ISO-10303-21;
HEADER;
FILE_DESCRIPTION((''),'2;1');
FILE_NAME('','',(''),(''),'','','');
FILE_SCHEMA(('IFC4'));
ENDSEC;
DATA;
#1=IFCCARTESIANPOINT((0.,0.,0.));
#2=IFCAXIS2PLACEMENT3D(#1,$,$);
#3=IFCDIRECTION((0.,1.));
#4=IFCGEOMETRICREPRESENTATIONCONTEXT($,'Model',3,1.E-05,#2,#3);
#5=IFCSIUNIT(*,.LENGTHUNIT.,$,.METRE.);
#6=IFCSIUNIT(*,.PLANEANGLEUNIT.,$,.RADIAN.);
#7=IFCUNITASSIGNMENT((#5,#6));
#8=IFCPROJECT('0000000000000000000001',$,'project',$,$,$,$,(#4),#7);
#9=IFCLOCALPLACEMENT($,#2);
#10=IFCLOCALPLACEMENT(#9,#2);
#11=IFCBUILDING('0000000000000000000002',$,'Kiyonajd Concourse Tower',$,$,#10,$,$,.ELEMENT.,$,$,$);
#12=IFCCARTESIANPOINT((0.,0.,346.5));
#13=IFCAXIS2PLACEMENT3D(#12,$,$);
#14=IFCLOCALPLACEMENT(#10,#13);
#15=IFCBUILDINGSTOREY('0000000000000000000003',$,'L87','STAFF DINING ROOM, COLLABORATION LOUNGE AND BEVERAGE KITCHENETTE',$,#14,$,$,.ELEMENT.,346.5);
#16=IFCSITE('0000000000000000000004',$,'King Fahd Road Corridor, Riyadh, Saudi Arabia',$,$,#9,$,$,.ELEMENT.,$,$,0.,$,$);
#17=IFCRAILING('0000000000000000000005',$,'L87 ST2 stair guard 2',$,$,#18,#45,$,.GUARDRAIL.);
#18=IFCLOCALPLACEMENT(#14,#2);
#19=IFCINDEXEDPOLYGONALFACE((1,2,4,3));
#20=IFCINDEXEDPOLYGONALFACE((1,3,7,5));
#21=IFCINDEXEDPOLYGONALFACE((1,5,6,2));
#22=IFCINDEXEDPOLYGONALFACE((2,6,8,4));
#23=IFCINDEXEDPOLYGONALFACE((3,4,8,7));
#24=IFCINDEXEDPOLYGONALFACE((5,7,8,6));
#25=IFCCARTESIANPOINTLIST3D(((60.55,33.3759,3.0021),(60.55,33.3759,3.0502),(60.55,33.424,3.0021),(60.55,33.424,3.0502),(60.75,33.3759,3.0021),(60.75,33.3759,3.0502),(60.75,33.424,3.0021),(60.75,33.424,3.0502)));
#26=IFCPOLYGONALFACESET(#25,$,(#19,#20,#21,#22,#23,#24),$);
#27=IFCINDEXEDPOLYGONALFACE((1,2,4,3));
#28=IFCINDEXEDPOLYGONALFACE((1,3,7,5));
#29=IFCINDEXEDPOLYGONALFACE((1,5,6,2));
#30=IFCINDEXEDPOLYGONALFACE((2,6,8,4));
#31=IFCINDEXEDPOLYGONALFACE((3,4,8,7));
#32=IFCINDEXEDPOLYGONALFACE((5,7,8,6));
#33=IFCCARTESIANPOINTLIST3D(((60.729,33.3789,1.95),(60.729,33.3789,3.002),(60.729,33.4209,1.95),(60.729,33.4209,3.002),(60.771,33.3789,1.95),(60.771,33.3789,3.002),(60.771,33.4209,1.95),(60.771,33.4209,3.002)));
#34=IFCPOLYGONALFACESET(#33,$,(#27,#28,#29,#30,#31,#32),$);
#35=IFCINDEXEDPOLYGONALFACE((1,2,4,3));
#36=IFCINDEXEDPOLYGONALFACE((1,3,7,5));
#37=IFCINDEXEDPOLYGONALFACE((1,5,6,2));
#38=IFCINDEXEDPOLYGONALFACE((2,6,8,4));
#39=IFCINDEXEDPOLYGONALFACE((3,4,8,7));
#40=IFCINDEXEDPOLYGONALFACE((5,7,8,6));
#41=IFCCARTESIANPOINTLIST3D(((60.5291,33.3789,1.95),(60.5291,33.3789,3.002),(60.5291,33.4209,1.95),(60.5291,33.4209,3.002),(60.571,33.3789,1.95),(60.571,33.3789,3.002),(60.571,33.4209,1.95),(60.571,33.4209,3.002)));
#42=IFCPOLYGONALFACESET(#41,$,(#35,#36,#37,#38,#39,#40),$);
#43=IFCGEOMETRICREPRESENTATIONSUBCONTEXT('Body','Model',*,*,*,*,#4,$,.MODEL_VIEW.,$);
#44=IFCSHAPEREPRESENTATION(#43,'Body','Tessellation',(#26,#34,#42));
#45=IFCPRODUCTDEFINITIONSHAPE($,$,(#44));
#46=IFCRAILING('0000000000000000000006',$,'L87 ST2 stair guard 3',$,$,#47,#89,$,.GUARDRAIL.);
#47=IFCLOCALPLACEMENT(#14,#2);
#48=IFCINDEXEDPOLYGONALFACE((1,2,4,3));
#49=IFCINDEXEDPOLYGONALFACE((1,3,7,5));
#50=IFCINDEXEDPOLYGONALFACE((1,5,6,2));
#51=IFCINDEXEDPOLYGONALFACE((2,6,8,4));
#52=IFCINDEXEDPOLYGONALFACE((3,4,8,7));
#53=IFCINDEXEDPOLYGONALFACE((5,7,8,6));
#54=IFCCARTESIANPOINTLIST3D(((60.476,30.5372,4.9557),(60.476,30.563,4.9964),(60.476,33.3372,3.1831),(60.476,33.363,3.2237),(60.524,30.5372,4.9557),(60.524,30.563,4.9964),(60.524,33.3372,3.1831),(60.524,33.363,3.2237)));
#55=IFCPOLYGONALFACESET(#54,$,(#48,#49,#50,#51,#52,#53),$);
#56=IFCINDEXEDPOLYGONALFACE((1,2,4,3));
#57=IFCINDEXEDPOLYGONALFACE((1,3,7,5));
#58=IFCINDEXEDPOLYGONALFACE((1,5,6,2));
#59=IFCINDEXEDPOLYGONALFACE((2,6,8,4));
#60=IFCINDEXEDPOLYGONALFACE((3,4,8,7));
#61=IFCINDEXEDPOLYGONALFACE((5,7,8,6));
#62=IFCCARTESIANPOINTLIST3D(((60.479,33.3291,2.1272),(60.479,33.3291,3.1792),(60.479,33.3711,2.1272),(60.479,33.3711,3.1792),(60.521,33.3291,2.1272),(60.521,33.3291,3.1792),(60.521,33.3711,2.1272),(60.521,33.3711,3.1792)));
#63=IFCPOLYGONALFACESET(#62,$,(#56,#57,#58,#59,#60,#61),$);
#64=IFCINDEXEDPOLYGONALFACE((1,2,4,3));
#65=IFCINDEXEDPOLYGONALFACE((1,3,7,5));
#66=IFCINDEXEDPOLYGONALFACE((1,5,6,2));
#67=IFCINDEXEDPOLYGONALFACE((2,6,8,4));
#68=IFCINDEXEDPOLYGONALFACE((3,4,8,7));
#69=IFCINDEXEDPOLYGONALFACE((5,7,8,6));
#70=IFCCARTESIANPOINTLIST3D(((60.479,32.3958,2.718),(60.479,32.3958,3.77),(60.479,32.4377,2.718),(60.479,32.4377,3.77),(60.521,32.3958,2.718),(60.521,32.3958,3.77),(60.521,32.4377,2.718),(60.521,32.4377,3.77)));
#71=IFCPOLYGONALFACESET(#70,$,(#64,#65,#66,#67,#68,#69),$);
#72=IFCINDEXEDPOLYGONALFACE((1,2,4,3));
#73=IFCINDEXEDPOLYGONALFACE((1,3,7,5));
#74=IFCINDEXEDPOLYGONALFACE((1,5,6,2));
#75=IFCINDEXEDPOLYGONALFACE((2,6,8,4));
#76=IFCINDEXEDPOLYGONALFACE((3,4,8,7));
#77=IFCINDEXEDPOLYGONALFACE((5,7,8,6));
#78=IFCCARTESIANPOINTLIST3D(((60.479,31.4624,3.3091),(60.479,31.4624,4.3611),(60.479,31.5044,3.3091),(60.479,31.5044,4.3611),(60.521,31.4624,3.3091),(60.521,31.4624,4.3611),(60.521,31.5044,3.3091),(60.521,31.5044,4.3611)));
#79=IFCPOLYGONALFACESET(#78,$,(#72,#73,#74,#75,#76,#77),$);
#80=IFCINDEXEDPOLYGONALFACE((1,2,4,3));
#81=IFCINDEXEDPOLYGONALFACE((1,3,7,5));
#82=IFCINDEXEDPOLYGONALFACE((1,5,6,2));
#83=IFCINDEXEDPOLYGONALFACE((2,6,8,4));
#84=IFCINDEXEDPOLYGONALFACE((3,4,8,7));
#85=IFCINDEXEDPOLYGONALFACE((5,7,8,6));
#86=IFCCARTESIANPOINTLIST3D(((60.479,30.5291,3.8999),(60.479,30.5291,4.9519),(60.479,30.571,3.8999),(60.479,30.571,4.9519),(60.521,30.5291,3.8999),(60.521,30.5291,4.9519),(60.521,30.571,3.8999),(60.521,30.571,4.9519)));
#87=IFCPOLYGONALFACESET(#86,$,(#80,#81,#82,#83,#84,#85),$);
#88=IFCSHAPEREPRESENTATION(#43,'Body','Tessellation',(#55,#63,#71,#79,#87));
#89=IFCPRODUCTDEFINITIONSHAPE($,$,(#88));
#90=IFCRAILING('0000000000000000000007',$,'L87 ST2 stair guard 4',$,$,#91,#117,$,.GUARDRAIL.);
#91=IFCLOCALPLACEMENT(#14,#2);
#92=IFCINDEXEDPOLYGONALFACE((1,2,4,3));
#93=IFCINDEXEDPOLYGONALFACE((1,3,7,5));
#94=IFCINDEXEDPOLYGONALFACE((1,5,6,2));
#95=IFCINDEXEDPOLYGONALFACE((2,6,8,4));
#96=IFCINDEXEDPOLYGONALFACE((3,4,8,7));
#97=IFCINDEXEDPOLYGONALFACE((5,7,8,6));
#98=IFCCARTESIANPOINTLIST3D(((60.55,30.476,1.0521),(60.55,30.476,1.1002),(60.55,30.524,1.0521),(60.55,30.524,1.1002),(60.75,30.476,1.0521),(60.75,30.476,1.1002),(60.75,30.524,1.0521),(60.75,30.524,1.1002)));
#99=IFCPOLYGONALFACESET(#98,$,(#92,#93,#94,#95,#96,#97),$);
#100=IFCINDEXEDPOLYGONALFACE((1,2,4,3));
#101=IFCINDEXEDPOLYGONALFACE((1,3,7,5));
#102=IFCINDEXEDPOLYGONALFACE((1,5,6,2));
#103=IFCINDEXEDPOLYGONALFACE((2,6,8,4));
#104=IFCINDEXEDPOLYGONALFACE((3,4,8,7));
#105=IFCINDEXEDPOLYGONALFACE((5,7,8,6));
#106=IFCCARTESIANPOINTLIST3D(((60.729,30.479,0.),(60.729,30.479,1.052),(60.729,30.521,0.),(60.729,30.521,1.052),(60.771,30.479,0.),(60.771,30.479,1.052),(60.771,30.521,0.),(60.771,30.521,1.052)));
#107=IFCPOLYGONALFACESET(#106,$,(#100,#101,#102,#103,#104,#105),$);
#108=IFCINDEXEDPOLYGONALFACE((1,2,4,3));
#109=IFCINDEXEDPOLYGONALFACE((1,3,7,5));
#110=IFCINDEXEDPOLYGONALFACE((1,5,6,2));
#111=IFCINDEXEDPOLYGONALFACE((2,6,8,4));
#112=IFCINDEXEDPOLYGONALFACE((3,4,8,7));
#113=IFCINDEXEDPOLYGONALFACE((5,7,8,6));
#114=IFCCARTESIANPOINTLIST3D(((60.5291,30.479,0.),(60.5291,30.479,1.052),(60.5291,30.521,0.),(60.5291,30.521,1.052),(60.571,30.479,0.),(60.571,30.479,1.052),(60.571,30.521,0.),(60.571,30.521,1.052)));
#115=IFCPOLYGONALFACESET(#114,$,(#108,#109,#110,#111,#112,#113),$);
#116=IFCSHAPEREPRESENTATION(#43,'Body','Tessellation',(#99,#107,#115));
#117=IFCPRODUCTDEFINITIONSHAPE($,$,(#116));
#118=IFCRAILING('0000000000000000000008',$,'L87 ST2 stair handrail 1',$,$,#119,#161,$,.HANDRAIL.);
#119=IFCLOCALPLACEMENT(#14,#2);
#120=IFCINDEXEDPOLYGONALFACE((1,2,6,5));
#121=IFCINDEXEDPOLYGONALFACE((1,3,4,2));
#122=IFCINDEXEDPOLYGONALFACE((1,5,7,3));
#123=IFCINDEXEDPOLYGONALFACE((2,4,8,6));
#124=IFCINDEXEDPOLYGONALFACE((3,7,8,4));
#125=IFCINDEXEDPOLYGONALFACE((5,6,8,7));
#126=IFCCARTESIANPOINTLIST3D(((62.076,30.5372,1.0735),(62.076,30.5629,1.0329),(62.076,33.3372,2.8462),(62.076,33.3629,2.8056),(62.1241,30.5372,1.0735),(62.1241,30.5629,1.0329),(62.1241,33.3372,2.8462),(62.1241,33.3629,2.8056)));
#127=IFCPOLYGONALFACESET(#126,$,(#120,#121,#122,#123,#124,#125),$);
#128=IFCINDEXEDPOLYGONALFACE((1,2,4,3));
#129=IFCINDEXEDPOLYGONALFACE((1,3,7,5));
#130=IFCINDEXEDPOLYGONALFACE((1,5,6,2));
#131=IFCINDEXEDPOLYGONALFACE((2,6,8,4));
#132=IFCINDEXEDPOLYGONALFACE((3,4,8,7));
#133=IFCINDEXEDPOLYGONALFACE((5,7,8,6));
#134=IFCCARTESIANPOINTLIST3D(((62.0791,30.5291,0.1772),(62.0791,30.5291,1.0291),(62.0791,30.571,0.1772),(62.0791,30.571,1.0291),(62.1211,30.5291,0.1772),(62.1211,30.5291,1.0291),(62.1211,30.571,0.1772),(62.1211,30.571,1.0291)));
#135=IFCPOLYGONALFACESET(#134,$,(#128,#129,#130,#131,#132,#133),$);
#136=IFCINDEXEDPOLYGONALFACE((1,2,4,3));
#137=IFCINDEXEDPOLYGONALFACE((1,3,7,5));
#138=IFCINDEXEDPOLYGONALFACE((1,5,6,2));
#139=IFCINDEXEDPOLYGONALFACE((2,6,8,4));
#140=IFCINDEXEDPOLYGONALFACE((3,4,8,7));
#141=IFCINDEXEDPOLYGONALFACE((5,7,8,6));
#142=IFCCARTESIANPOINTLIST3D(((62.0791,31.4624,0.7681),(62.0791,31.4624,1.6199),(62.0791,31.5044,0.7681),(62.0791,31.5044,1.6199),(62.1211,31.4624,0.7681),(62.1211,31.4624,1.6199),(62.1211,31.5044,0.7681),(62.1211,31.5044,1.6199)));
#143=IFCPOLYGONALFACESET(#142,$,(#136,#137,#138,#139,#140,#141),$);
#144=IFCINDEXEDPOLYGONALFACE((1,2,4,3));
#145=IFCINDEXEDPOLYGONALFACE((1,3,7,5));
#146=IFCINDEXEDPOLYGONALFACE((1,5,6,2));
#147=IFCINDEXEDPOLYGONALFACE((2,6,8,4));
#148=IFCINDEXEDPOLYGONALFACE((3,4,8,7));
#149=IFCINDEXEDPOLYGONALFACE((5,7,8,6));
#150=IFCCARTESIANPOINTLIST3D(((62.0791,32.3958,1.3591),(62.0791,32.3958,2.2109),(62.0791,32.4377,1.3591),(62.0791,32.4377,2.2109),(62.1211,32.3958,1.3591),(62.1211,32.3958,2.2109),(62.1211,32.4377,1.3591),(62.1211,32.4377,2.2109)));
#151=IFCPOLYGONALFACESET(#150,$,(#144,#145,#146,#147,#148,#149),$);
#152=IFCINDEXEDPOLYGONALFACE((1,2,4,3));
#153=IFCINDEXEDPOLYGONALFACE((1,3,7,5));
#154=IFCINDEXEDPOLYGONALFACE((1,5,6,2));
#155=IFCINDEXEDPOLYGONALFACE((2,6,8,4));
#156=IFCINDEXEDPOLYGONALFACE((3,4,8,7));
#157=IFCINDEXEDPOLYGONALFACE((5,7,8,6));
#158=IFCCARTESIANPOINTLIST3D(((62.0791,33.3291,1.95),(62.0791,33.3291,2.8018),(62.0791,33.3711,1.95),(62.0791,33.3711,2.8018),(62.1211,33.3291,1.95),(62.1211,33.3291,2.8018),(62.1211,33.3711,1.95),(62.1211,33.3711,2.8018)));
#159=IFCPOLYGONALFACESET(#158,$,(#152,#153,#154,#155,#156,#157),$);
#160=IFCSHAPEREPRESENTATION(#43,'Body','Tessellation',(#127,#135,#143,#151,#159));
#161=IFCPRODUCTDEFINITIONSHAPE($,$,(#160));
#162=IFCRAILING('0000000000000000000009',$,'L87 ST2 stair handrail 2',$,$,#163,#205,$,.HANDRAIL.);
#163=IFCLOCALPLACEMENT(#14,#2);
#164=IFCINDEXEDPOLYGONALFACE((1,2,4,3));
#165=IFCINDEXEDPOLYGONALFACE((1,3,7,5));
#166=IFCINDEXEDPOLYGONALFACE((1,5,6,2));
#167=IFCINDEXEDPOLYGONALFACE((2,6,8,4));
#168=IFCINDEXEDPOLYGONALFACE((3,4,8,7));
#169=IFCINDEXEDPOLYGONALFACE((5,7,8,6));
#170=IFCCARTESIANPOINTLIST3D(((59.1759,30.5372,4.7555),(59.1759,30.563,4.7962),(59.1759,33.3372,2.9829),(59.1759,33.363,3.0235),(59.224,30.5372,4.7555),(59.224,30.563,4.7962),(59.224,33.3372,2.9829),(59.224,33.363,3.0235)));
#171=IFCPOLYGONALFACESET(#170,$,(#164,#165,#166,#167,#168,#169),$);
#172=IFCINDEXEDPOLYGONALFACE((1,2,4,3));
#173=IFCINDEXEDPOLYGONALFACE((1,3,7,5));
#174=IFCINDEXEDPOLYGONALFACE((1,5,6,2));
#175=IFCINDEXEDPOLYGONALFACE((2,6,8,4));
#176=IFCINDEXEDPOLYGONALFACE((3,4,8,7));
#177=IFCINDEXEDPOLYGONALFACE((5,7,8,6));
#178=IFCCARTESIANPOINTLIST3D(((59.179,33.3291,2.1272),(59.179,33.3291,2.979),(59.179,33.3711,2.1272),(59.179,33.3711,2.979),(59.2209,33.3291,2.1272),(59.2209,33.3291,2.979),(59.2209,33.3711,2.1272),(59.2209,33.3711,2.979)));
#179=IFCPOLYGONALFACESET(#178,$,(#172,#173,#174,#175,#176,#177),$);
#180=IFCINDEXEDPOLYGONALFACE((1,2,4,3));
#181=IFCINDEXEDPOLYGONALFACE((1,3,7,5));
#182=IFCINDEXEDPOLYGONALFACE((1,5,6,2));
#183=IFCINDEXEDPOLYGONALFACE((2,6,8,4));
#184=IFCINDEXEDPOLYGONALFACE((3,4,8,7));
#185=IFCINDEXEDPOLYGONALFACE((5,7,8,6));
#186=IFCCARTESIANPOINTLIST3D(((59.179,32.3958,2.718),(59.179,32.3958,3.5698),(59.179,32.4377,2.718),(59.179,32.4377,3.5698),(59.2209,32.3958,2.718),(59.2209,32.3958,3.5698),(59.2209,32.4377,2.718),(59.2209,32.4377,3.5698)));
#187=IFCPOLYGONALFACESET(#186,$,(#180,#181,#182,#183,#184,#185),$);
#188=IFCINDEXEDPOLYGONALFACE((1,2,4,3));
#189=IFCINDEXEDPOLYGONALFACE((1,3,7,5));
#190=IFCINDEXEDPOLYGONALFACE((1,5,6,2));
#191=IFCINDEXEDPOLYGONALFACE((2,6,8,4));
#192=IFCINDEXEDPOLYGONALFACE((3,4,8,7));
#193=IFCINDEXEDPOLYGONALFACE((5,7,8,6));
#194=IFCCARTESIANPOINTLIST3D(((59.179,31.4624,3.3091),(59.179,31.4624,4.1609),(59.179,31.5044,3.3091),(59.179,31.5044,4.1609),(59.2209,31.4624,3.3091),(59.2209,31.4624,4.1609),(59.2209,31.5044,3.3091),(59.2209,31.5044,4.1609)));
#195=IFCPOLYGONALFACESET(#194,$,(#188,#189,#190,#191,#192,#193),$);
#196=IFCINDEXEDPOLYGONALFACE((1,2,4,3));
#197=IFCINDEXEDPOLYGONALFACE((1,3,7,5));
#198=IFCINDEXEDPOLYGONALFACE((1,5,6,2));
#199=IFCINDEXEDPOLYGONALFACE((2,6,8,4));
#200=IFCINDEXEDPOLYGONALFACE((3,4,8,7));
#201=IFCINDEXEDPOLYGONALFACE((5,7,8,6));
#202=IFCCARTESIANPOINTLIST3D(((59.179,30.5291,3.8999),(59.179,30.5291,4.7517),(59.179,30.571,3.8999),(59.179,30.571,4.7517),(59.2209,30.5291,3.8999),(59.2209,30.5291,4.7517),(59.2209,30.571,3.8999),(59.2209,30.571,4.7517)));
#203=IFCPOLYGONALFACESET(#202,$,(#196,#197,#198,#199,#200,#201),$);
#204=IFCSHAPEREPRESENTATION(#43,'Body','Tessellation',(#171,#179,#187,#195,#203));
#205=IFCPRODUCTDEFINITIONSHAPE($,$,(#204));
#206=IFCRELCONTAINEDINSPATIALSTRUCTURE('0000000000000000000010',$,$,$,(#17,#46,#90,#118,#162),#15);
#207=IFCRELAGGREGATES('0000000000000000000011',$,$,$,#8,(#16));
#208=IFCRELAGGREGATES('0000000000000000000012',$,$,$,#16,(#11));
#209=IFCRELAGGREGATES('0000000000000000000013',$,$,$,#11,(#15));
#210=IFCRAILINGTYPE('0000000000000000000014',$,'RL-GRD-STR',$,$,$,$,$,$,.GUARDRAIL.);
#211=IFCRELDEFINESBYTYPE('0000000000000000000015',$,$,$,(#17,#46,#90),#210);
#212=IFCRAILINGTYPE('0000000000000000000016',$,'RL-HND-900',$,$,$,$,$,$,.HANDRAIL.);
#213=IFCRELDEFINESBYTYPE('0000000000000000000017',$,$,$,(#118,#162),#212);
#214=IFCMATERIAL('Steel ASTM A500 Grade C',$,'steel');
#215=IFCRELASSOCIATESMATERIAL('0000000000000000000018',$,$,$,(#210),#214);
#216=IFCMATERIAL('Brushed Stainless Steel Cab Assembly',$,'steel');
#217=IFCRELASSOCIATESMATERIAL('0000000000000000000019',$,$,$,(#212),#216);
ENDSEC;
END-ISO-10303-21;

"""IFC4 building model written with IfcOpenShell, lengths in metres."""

from ifc_helpers import new_model, si_unit, direction, frame, origin, origin_2d, place, context, subcontext, project, spatial, rectangle, extrude, material, type_object, element, save


model = new_model("IFC4")

# Units and contexts
model_context = context("Model", 3, precision=1e-05, world=origin(), true_north=direction((0.0, 1.0)))
body_context = subcontext(model_context, "Body", "Model", "MODEL_VIEW")
ifc_project = project(units=[si_unit("LENGTHUNIT", "METRE"), si_unit("PLANEANGLEUNIT", "RADIAN")], contexts=[model_context])

# Site, building, storey
site_placement = place(None, origin())
site = spatial("IfcSite", under=ifc_project, at=site_placement, Name="King Fahd Road Corridor, Riyadh, Saudi Arabia", CompositionType="ELEMENT", RefElevation=0.0)
building_placement = place(site_placement, origin())
building = spatial("IfcBuilding", under=site, at=building_placement, Name="Kiyonajd Concourse Tower", CompositionType="ELEMENT")
storey_placement = place(building_placement, frame((0.0, 0.0, 346.5)))
storey = spatial("IfcBuildingStorey", under=building, at=storey_placement, Name="L87", Description="STAFF DINING ROOM, COLLABORATION LOUNGE AND BEVERAGE KITCHENETTE", CompositionType="ELEMENT", Elevation=346.5)

# Shared definitions
ifc_material_1 = material(Name="Brushed Stainless Steel Cab Assembly", Category="steel")

# Railings
ifc_material_2 = material(Name="Steel ASTM A500 Grade C", Category="steel")
railing_type_1 = type_object("IfcRailingType", Name="RL-GRD-STR", PredefinedType="GUARDRAIL", material=ifc_material_2)
railing_1_placement = place(storey_placement, frame((60.75, 33.3999, 1.95)))
element("IfcRailing", 1, at=railing_1_placement, inside=storey, type_object=railing_type_1, Name="L87 ST2 stair guard 2", PredefinedType="GUARDRAIL", context=body_context, shape_type="SweptSolid", body=[
    extrude(rectangle(XDim=0.0481, YDim=0.0481, at=origin_2d()), frame((0.0, 0.0, 1.0762), z_axis=(-1.0, 0.0, 0.0), x_axis=(0.0, -1.0, 0.0)), (0.0, 0.0, 1.0), 0.2),
    extrude(rectangle(XDim=0.042, YDim=0.042, at=origin_2d()), origin(), (0.0, 0.0, 1.0), 1.052),
    extrude(rectangle(XDim=0.042, YDim=0.042, at=origin_2d()), frame((-0.2, 0.0, 0.0)), (0.0, 0.0, 1.0), 1.052),
])
railing_2_placement = place(storey_placement, frame((60.5, 33.3501, 2.1272)))
element("IfcRailing", 2, at=railing_2_placement, inside=storey, type_object=railing_type_1, Name="L87 ST2 stair guard 3", PredefinedType="GUARDRAIL", context=body_context, shape_type="SweptSolid", body=[
    extrude(rectangle(XDim=0.0481, YDim=0.0481, at=origin_2d()), frame((0.0, 0.0, 1.0762), z_axis=(0.0, -0.844909, 0.53491), x_axis=(1.0, 0.0, 0.0)), (0.0, 0.0, 1.0), 3.314),
    extrude(rectangle(XDim=0.042, YDim=0.042, at=origin_2d()), origin(), (0.0, 0.0, 1.0), 1.052),
    extrude(rectangle(XDim=0.042, YDim=0.042, at=origin_2d()), frame((0.0, -0.9333, 0.5908)), (0.0, 0.0, 1.0), 1.052),
    extrude(rectangle(XDim=0.042, YDim=0.042, at=origin_2d()), frame((0.0, -1.8667, 1.1819)), (0.0, 0.0, 1.0), 1.052),
    extrude(rectangle(XDim=0.042, YDim=0.042, at=origin_2d()), frame((0.0, -2.8, 1.7727)), (0.0, 0.0, 1.0), 1.052),
])
railing_3_placement = place(storey_placement, frame((60.75, 30.5, 0.0)))
element("IfcRailing", 3, at=railing_3_placement, inside=storey, type_object=railing_type_1, Name="L87 ST2 stair guard 4", PredefinedType="GUARDRAIL", context=body_context, shape_type="SweptSolid", body=[
    extrude(rectangle(XDim=0.0481, YDim=0.0481, at=origin_2d()), frame((0.0, 0.0, 1.0762), z_axis=(-1.0, 0.0, 0.0), x_axis=(0.0, -1.0, 0.0)), (0.0, 0.0, 1.0), 0.2),
    extrude(rectangle(XDim=0.042, YDim=0.042, at=origin_2d()), origin(), (0.0, 0.0, 1.0), 1.052),
    extrude(rectangle(XDim=0.042, YDim=0.042, at=origin_2d()), frame((-0.2, 0.0, 0.0)), (0.0, 0.0, 1.0), 1.052),
])
railing_type_2 = type_object("IfcRailingType", Name="RL-HND-900", PredefinedType="HANDRAIL", material=ifc_material_1)
railing_4_placement = place(storey_placement, frame((62.1001, 30.55, 0.1772)))
element("IfcRailing", 4, at=railing_4_placement, inside=storey, type_object=railing_type_2, Name="L87 ST2 stair handrail 1", PredefinedType="HANDRAIL", context=body_context, shape_type="SweptSolid", body=[
    extrude(rectangle(XDim=0.0481, YDim=0.0481, at=origin_2d()), frame((0.0, 0.0, 0.876), z_axis=(0.0, 0.844909, 0.53491), x_axis=(-1.0, 0.0, 0.0)), (0.0, 0.0, 1.0), 3.314),
    extrude(rectangle(XDim=0.042, YDim=0.042, at=origin_2d()), origin(), (0.0, 0.0, 1.0), 0.8518),
    extrude(rectangle(XDim=0.042, YDim=0.042, at=origin_2d()), frame((0.0, 0.9333, 0.5908)), (0.0, 0.0, 1.0), 0.8518),
    extrude(rectangle(XDim=0.042, YDim=0.042, at=origin_2d()), frame((0.0, 1.8667, 1.1819)), (0.0, 0.0, 1.0), 0.8518),
    extrude(rectangle(XDim=0.042, YDim=0.042, at=origin_2d()), frame((0.0, 2.8, 1.7727)), (0.0, 0.0, 1.0), 0.8518),
])
railing_5_placement = place(storey_placement, frame((59.2, 33.3501, 2.1272)))
element("IfcRailing", 5, at=railing_5_placement, inside=storey, type_object=railing_type_2, Name="L87 ST2 stair handrail 2", PredefinedType="HANDRAIL", context=body_context, shape_type="SweptSolid", body=[
    extrude(rectangle(XDim=0.0481, YDim=0.0481, at=origin_2d()), frame((0.0, 0.0, 0.876), z_axis=(0.0, -0.844909, 0.53491), x_axis=(1.0, 0.0, 0.0)), (0.0, 0.0, 1.0), 3.314),
    extrude(rectangle(XDim=0.042, YDim=0.042, at=origin_2d()), origin(), (0.0, 0.0, 1.0), 0.8518),
    extrude(rectangle(XDim=0.042, YDim=0.042, at=origin_2d()), frame((0.0, -0.9333, 0.5908)), (0.0, 0.0, 1.0), 0.8518),
    extrude(rectangle(XDim=0.042, YDim=0.042, at=origin_2d()), frame((0.0, -1.8667, 1.1819)), (0.0, 0.0, 1.0), 0.8518),
    extrude(rectangle(XDim=0.042, YDim=0.042, at=origin_2d()), frame((0.0, -2.8, 1.7727)), (0.0, 0.0, 1.0), 0.8518),
])

save(model, "model.ifc")
